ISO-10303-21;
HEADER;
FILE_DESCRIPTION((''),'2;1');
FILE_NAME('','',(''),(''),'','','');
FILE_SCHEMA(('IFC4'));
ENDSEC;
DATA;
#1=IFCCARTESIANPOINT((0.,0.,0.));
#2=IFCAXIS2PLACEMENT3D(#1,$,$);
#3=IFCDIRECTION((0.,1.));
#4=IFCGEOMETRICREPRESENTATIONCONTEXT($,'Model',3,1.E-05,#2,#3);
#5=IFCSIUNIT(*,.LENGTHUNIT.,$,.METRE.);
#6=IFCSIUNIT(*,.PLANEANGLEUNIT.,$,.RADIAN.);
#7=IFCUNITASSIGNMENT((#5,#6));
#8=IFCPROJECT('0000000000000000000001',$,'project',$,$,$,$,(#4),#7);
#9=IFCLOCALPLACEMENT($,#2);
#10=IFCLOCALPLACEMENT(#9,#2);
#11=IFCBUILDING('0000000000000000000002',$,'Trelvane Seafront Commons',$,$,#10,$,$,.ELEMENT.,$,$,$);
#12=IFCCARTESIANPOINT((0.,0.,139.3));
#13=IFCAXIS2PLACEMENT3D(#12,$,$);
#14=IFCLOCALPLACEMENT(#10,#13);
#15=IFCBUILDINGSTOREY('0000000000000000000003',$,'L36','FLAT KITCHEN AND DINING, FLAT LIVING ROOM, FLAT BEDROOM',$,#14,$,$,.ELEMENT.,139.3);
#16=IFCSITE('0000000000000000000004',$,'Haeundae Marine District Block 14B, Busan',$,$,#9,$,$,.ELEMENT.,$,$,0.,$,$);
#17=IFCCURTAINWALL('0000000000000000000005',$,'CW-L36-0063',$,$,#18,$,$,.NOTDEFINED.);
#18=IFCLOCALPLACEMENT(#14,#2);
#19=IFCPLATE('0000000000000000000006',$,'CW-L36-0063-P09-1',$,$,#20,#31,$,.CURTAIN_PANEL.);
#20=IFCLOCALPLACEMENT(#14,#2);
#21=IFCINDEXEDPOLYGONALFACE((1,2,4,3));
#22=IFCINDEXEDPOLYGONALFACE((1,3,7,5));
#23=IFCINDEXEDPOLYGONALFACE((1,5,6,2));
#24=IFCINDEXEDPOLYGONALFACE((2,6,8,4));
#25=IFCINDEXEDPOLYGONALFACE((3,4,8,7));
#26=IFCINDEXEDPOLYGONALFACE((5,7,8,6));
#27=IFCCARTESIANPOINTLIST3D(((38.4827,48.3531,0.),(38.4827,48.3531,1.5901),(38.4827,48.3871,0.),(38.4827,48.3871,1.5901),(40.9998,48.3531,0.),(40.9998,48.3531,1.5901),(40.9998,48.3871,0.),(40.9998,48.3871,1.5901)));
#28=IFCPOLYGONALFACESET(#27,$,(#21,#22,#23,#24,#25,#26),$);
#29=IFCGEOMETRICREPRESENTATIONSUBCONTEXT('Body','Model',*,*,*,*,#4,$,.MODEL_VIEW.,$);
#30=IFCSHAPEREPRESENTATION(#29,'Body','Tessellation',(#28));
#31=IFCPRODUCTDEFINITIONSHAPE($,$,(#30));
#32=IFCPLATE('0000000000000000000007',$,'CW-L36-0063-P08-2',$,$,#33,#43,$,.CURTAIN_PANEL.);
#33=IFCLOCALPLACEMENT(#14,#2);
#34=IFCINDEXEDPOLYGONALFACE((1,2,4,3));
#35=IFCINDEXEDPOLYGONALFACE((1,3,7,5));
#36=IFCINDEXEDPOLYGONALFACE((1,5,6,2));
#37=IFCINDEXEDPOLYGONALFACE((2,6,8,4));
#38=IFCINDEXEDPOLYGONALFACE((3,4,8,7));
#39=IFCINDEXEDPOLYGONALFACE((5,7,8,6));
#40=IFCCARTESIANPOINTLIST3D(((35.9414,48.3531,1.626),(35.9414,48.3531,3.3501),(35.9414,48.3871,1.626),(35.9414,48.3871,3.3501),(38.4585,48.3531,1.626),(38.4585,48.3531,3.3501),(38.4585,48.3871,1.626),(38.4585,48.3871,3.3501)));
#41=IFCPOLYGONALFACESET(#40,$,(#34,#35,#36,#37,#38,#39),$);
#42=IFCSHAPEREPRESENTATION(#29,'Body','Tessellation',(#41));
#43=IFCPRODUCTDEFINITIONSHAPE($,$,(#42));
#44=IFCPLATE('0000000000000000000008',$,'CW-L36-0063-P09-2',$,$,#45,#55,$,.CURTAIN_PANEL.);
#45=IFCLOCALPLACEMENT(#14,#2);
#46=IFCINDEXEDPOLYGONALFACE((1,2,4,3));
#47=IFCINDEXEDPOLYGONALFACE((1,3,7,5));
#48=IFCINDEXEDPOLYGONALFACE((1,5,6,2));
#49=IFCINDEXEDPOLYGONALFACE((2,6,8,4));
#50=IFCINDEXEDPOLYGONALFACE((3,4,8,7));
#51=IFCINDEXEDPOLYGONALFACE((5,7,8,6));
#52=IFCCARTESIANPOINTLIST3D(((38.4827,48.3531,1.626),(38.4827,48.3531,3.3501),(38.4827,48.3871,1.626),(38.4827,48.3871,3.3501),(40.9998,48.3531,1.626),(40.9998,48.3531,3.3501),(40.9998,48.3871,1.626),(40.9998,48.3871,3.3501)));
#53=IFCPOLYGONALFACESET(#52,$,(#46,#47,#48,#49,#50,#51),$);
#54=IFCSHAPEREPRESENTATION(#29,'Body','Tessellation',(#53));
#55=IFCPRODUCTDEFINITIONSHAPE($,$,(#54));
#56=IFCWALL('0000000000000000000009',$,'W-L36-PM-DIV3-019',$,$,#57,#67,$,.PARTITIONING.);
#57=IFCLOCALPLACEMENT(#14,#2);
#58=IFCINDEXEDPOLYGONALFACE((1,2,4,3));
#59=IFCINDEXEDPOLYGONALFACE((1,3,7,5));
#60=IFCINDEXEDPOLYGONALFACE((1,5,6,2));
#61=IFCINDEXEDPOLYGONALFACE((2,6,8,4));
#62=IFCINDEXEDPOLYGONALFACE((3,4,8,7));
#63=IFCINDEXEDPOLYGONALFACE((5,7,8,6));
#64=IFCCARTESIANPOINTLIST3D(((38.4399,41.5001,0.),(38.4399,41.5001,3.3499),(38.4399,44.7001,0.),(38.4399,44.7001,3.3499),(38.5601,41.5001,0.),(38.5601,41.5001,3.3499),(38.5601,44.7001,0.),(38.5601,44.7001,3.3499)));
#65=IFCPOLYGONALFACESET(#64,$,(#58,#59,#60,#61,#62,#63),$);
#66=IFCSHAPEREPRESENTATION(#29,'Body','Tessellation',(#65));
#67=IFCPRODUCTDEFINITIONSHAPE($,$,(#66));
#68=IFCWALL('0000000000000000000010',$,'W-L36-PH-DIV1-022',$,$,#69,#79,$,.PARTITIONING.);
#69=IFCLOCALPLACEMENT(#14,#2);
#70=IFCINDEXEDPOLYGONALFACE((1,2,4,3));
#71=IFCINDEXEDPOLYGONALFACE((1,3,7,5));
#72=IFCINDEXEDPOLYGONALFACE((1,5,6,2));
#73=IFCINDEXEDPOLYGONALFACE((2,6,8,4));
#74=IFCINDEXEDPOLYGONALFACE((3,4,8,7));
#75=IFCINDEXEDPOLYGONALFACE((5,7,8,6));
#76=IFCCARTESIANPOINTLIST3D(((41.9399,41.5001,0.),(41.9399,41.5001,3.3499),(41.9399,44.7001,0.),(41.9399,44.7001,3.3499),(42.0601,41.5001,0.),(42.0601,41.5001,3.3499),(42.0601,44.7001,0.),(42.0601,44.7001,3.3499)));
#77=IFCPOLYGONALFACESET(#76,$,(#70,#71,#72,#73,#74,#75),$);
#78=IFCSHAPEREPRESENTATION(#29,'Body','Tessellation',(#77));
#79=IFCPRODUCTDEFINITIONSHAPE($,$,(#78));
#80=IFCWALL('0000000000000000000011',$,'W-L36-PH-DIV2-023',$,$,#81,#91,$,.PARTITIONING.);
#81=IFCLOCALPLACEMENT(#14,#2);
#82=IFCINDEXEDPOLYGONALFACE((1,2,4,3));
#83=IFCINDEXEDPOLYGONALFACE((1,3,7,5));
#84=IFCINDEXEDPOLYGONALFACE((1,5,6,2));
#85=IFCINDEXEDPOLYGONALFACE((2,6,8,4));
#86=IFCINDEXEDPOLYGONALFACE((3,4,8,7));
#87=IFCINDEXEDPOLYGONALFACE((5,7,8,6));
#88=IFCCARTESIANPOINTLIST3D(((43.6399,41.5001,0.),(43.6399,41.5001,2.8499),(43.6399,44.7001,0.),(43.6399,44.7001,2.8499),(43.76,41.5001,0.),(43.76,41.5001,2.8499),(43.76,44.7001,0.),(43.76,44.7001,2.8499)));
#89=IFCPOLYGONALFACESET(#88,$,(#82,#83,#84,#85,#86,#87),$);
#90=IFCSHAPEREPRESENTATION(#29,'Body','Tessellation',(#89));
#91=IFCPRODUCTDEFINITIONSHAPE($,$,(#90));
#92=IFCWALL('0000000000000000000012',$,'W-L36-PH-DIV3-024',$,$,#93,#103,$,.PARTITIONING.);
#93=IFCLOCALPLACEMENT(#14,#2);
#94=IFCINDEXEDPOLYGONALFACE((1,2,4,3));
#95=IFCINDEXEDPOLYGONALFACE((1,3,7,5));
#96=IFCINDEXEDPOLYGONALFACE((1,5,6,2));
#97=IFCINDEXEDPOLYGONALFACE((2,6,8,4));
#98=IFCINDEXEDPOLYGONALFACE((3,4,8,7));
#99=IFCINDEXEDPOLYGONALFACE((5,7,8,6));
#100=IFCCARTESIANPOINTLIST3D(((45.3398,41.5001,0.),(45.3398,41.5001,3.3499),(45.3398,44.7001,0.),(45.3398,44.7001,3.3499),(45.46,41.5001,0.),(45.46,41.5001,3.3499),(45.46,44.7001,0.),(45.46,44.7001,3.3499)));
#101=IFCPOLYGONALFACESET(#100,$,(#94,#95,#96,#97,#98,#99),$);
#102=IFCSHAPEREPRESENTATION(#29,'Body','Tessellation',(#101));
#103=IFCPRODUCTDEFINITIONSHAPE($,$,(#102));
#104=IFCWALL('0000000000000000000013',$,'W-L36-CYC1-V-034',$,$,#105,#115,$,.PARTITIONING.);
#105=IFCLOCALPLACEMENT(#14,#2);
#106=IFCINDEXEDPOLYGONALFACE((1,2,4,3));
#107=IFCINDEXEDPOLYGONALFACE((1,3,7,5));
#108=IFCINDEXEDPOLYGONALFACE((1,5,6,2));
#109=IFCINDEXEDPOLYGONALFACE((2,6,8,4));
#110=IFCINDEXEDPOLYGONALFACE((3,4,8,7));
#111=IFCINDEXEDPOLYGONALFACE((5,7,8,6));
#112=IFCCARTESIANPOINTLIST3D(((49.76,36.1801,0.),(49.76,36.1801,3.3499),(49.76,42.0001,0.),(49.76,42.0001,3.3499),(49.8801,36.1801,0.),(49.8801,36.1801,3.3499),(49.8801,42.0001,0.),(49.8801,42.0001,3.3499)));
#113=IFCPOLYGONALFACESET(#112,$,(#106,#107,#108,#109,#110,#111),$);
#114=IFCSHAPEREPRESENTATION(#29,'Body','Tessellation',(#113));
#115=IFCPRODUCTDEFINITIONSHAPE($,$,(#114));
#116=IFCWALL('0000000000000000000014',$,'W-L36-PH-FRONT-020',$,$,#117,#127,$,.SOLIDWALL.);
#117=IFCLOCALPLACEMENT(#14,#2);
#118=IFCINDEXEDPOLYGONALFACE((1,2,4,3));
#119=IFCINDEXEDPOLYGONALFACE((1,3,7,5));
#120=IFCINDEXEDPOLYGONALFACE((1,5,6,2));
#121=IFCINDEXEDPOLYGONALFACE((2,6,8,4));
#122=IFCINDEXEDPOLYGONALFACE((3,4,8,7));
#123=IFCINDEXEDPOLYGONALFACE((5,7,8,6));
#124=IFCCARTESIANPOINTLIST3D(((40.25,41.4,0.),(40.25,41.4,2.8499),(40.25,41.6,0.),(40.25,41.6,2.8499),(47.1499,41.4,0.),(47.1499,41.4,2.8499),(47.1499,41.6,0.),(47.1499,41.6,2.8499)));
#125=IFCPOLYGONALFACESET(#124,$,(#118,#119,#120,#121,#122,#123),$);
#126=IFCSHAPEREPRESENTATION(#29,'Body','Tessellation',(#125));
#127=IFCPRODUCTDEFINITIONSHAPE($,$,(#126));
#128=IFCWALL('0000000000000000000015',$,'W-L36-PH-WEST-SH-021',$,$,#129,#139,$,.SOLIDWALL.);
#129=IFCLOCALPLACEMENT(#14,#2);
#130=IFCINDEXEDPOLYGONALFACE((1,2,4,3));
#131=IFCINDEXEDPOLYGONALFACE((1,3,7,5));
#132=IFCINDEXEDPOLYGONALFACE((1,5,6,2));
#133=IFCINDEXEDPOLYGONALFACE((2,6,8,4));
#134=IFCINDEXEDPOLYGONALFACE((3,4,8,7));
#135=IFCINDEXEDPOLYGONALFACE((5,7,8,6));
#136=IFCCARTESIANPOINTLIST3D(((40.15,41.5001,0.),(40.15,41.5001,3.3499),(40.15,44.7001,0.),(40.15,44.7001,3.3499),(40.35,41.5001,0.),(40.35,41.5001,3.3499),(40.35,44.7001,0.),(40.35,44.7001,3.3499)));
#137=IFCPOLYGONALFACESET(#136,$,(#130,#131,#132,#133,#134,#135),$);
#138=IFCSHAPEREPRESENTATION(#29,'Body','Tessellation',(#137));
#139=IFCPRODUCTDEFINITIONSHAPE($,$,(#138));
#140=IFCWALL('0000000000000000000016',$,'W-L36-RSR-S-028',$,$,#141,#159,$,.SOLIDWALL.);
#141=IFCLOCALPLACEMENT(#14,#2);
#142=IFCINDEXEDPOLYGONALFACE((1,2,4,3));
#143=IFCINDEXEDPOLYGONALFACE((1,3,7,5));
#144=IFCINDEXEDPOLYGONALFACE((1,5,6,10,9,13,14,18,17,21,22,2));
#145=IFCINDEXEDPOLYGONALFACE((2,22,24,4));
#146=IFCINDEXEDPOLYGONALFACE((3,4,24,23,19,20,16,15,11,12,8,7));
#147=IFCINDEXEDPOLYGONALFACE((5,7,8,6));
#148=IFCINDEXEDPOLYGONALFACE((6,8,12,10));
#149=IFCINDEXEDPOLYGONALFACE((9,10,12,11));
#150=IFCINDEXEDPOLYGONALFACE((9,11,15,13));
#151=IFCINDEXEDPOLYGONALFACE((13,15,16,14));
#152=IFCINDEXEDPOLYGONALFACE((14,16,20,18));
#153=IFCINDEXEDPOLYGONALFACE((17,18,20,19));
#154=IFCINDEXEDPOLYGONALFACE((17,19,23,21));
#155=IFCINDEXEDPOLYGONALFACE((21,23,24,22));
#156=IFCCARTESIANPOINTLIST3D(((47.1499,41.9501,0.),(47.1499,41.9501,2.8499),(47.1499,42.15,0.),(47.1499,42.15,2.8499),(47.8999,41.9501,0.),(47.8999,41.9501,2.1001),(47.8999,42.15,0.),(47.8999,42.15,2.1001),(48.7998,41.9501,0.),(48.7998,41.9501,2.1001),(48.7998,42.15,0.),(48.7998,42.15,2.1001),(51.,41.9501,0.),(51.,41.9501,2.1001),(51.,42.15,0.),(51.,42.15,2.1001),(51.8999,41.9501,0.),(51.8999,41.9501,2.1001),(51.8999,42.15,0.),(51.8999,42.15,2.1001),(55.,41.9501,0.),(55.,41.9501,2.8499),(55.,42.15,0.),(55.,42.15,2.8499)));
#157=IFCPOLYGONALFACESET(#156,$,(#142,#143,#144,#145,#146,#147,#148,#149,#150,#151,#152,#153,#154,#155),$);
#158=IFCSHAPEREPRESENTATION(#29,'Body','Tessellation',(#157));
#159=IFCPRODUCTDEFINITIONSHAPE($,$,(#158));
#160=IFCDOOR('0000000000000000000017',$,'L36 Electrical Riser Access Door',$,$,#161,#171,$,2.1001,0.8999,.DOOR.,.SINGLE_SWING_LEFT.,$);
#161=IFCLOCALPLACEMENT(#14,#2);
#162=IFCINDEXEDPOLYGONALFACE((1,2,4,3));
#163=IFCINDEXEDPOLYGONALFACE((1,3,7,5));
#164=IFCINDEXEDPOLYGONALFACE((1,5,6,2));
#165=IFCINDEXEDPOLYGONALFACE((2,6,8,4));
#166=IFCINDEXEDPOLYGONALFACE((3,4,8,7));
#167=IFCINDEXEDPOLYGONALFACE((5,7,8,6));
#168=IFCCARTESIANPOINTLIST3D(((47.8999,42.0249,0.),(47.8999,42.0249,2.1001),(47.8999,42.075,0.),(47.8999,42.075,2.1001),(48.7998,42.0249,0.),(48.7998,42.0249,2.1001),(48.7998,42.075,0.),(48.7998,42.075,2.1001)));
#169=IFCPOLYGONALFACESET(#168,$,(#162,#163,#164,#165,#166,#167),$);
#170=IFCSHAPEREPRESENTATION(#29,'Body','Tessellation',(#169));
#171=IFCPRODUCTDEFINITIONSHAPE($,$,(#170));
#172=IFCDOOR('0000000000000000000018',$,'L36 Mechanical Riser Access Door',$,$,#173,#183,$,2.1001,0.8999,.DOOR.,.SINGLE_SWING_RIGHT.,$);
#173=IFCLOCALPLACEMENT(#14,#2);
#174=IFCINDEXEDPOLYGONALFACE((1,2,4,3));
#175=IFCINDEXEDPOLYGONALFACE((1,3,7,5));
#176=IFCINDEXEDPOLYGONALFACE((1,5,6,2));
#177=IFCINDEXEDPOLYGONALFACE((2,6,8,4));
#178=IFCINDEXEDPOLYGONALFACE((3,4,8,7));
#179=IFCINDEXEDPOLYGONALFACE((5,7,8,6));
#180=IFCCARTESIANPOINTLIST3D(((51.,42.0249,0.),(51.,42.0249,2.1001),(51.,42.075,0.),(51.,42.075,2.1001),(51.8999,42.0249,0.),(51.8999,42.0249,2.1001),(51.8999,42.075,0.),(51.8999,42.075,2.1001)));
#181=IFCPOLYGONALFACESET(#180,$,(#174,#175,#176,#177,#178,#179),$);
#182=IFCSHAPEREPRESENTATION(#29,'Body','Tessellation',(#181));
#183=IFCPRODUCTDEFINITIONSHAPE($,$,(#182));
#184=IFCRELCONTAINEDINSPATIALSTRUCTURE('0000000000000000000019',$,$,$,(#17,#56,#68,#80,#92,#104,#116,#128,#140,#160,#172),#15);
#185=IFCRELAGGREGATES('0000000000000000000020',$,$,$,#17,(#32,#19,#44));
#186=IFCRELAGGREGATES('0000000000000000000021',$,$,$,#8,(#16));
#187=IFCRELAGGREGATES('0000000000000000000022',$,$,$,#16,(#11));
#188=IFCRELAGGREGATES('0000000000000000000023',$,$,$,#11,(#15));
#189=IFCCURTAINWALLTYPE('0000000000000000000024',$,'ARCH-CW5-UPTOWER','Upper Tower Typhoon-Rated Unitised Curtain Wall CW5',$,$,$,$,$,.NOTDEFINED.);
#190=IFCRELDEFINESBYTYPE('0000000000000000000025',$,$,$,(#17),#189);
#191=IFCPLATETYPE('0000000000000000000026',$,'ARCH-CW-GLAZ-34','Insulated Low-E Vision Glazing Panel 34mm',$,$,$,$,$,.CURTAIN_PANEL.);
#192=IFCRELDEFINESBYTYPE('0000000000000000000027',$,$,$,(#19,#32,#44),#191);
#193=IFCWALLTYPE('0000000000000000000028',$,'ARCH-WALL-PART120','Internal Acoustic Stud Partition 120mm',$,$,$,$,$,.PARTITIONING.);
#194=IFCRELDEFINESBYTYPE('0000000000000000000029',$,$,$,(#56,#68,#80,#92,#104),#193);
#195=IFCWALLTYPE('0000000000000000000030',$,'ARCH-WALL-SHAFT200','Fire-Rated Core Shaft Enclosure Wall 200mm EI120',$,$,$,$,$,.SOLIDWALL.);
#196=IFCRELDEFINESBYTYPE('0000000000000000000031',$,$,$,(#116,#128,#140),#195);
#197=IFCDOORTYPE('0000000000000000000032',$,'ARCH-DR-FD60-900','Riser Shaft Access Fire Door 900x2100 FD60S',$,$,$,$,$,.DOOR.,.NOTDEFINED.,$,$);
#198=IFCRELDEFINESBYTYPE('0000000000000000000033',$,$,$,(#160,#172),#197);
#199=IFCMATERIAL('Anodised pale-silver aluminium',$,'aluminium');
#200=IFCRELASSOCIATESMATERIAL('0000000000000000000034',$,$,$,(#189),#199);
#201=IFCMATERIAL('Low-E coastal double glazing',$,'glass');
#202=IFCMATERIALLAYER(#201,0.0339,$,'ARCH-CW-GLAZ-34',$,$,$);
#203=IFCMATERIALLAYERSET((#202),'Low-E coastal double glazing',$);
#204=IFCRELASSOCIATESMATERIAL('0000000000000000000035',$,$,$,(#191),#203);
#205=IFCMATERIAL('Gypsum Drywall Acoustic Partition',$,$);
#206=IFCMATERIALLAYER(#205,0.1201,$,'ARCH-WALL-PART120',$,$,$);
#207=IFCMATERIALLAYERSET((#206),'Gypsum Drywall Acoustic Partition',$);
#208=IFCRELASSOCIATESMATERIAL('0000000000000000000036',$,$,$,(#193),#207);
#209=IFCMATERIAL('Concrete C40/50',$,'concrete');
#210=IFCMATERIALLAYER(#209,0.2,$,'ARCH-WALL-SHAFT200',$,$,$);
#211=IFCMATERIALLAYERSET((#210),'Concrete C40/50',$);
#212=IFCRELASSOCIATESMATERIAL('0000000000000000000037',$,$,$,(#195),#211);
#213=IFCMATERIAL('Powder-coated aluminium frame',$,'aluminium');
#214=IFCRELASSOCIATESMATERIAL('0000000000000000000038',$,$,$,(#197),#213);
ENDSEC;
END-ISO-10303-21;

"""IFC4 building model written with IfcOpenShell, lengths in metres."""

from ifc_helpers import new_model, si_unit, direction, frame, frame_2d, origin, origin_2d, place, context, subcontext, project, spatial, rectangle, extrude, source, transform, mapped, material, layer, layer_set, type_object, element, fill, aggregate, save


model = new_model("IFC4")

# Units and contexts
model_context = context("Model", 3, precision=1e-05, world=origin(), true_north=direction((0.0, 1.0)))
body_context = subcontext(model_context, "Body", "Model", "MODEL_VIEW")
ifc_project = project(units=[si_unit("LENGTHUNIT", "METRE"), si_unit("PLANEANGLEUNIT", "RADIAN")], contexts=[model_context])

# Site, building, storey
site_placement = place(None, origin())
site = spatial("IfcSite", under=ifc_project, at=site_placement, Name="Haeundae Marine District Block 14B, Busan", CompositionType="ELEMENT", RefElevation=0.0)
building_placement = place(site_placement, origin())
building = spatial("IfcBuilding", under=site, at=building_placement, Name="Trelvane Seafront Commons", CompositionType="ELEMENT")
storey_placement = place(building_placement, frame((0.0, 0.0, 139.3)))
storey = spatial("IfcBuildingStorey", under=building, at=storey_placement, Name="L36", Description="FLAT KITCHEN AND DINING, FLAT LIVING ROOM, FLAT BEDROOM", CompositionType="ELEMENT", Elevation=139.3)

# Curtain wall, plates
ifc_material_1 = material(Name="Anodised pale-silver aluminium", Category="aluminium")
curtain_wall_type = type_object("IfcCurtainWallType", Name="ARCH-CW5-UPTOWER", Description="Upper Tower Typhoon-Rated Unitised Curtain Wall CW5", PredefinedType="NOTDEFINED", material=ifc_material_1)
curtain_wall_placement = place(storey_placement, origin())
curtain_wall = element("IfcCurtainWall", 1, at=curtain_wall_placement, inside=storey, type_object=curtain_wall_type, Name="CW-L36-0063", PredefinedType="NOTDEFINED")
ifc_material_2 = material(Name="Low-E coastal double glazing", Category="glass")
ifc_layer_1 = layer(ifc_material_2, 0.0339, Name="ARCH-CW-GLAZ-34")
ifc_layer_set_1 = layer_set([ifc_layer_1], Name="Low-E coastal double glazing")
plate_type = type_object("IfcPlateType", Name="ARCH-CW-GLAZ-34", Description="Insulated Low-E Vision Glazing Panel 34mm", PredefinedType="CURTAIN_PANEL", material=ifc_layer_set_1)
shared_shape_1 = source(origin(), body_context, "Body", "SweptSolid", [
    extrude(rectangle(XDim=2.5171, YDim=0.0339, at=origin_2d()), origin(), (0.0, 0.0, 1.0), 1.5901),
])
plate_1_placement = place(storey_placement, frame((39.7412, 48.3701, 0.0), z_axis=(0.0, 0.0, 1.0), x_axis=(1.0, 0.0, 0.0)))
plate_1 = element("IfcPlate", 2, at=plate_1_placement, type_object=plate_type, Name="CW-L36-0063-P09-1", PredefinedType="CURTAIN_PANEL", context=body_context, shape_type="MappedRepresentation", body=[
    mapped(shared_shape_1, transform((0.0, 0.0, 0.0), x_axis=(1.0, 0.0, 0.0), y_axis=(0.0, 1.0, 0.0), z_axis=(0.0, 0.0, 1.0), scale=1.0)),
])
shared_shape_2 = source(origin(), body_context, "Body", "SweptSolid", [
    extrude(rectangle(XDim=2.5171, YDim=0.0339, at=origin_2d()), origin(), (0.0, 0.0, 1.0), 1.7241),
])
plate_2_placement = place(storey_placement, frame((37.2, 48.3701, 1.626), z_axis=(0.0, 0.0, 1.0), x_axis=(1.0, 0.0, 0.0)))
plate_2 = element("IfcPlate", 3, at=plate_2_placement, type_object=plate_type, Name="CW-L36-0063-P08-2", PredefinedType="CURTAIN_PANEL", context=body_context, shape_type="MappedRepresentation", body=[
    mapped(shared_shape_2, transform((0.0, 0.0, 0.0), x_axis=(1.0, 0.0, 0.0), y_axis=(0.0, 1.0, 0.0), z_axis=(0.0, 0.0, 1.0), scale=1.0)),
])
plate_3_placement = place(storey_placement, frame((39.7412, 48.3701, 1.626), z_axis=(0.0, 0.0, 1.0), x_axis=(1.0, 0.0, 0.0)))
plate_3 = element("IfcPlate", 4, at=plate_3_placement, type_object=plate_type, Name="CW-L36-0063-P09-2", PredefinedType="CURTAIN_PANEL", context=body_context, shape_type="MappedRepresentation", body=[
    mapped(shared_shape_2, transform((0.0, 0.0, 0.0), x_axis=(1.0, 0.0, 0.0), y_axis=(0.0, 1.0, 0.0), z_axis=(0.0, 0.0, 1.0), scale=1.0)),
])
aggregate(curtain_wall, [plate_2, plate_1, plate_3])

# Walls
ifc_material_3 = material(Name="Gypsum Drywall Acoustic Partition")
ifc_layer_2 = layer(ifc_material_3, 0.1201, Name="ARCH-WALL-PART120")
ifc_layer_set_2 = layer_set([ifc_layer_2], Name="Gypsum Drywall Acoustic Partition")
wall_type_1 = type_object("IfcWallType", Name="ARCH-WALL-PART120", Description="Internal Acoustic Stud Partition 120mm", PredefinedType="PARTITIONING", material=ifc_layer_set_2)
for number, where, z_axis, x_axis, name in (
    (5, (38.5, 41.5, 0.0), (0.0, 0.0, 1.0), (0.0, 1.0, 0.0), "W-L36-PM-DIV3-019"),
    (6, (42.0, 41.5, 0.0), (0.0, 0.0, 1.0), (0.0, 1.0, 0.0), "W-L36-PH-DIV1-022"),
):
    element("IfcWall", number, at=place(storey_placement, frame(where, z_axis=z_axis, x_axis=x_axis)), inside=storey, type_object=wall_type_1, Name=name, PredefinedType="PARTITIONING", context=body_context, shape_type="SweptSolid", body=[
        extrude(rectangle(XDim=3.2, YDim=0.1201, at=frame_2d((1.6001, 0.0))), origin(), (0.0, 0.0, 1.0), 3.3499),
    ])
wall_1_placement = place(storey_placement, frame((43.7, 41.5, 0.0), z_axis=(0.0, 0.0, 1.0), x_axis=(0.0, 1.0, 0.0)))
element("IfcWall", 7, at=wall_1_placement, inside=storey, type_object=wall_type_1, Name="W-L36-PH-DIV2-023", PredefinedType="PARTITIONING", context=body_context, shape_type="SweptSolid", body=[
    extrude(rectangle(XDim=3.2, YDim=0.1201, at=frame_2d((1.6001, 0.0))), origin(), (0.0, 0.0, 1.0), 2.8499),
])
wall_2_placement = place(storey_placement, frame((45.3999, 41.5, 0.0), z_axis=(0.0, 0.0, 1.0), x_axis=(0.0, 1.0, 0.0)))
element("IfcWall", 8, at=wall_2_placement, inside=storey, type_object=wall_type_1, Name="W-L36-PH-DIV3-024", PredefinedType="PARTITIONING", context=body_context, shape_type="SweptSolid", body=[
    extrude(rectangle(XDim=3.2, YDim=0.1201, at=frame_2d((1.6001, 0.0))), origin(), (0.0, 0.0, 1.0), 3.3499),
])

# Wall
wall_3_placement = place(storey_placement, frame((49.8201, 36.1799, 0.0), z_axis=(0.0, 0.0, 1.0), x_axis=(0.0, 1.0, 0.0)))
element("IfcWall", 9, at=wall_3_placement, inside=storey, type_object=wall_type_1, Name="W-L36-CYC1-V-034", PredefinedType="PARTITIONING", context=body_context, shape_type="SweptSolid", body=[
    extrude(rectangle(XDim=5.8201, YDim=0.1201, at=frame_2d((2.9102, 0.0))), origin(), (0.0, 0.0, 1.0), 3.3499),
])

# Walls
ifc_material_4 = material(Name="Concrete C40/50", Category="concrete")
ifc_layer_3 = layer(ifc_material_4, 0.2, Name="ARCH-WALL-SHAFT200")
ifc_layer_set_3 = layer_set([ifc_layer_3], Name="Concrete C40/50")
wall_type_2 = type_object("IfcWallType", Name="ARCH-WALL-SHAFT200", Description="Fire-Rated Core Shaft Enclosure Wall 200mm EI120", PredefinedType="SOLIDWALL", material=ifc_layer_set_3)
wall_4_placement = place(storey_placement, frame((40.25, 41.5, 0.0), z_axis=(0.0, 0.0, 1.0), x_axis=(1.0, 0.0, 0.0)))
element("IfcWall", 10, at=wall_4_placement, inside=storey, type_object=wall_type_2, Name="W-L36-PH-FRONT-020", PredefinedType="SOLIDWALL", context=body_context, shape_type="SweptSolid", body=[
    extrude(rectangle(XDim=6.8999, YDim=0.2, at=frame_2d((3.45, 0.0))), origin(), (0.0, 0.0, 1.0), 2.8499),
])
wall_5_placement = place(storey_placement, frame((40.25, 41.5, 0.0), z_axis=(0.0, 0.0, 1.0), x_axis=(0.0, 1.0, 0.0)))
element("IfcWall", 11, at=wall_5_placement, inside=storey, type_object=wall_type_2, Name="W-L36-PH-WEST-SH-021", PredefinedType="SOLIDWALL", context=body_context, shape_type="SweptSolid", body=[
    extrude(rectangle(XDim=3.2, YDim=0.2, at=frame_2d((1.6001, 0.0))), origin(), (0.0, 0.0, 1.0), 3.3499),
])

# Wall, openings, doors
wall_6_placement = place(storey_placement, frame((47.1499, 42.05, 0.0), z_axis=(0.0, 0.0, 1.0), x_axis=(1.0, 0.0, 0.0)))
wall_6 = element("IfcWall", 12, at=wall_6_placement, inside=storey, type_object=wall_type_2, Name="W-L36-RSR-S-028", PredefinedType="SOLIDWALL", context=body_context, shape_type="SweptSolid", body=[
    extrude(rectangle(XDim=7.8501, YDim=0.2, at=frame_2d((3.925, 0.0))), origin(), (0.0, 0.0, 1.0), 2.8499),
])
opening_1_placement = place(wall_6_placement, frame((0.75, 0.0, 0.0)))
opening_1 = element("IfcOpeningElement", 13, at=opening_1_placement, cuts=wall_6, PredefinedType="OPENING", context=body_context, shape_type="SweptSolid", body=[
    extrude(rectangle(XDim=0.8999, YDim=2.1001, at=frame_2d((0.45, 1.05))), frame((0.0, 0.1099, 0.0), z_axis=(0.0, -1.0, 0.0), x_axis=(1.0, 0.0, 0.0)), (0.0, 0.0, 1.0), 0.22),
])
opening_2_placement = place(wall_6_placement, frame((3.8501, 0.0, 0.0)))
opening_2 = element("IfcOpeningElement", 14, at=opening_2_placement, cuts=wall_6, PredefinedType="OPENING", context=body_context, shape_type="SweptSolid", body=[
    extrude(rectangle(XDim=0.8999, YDim=2.1001, at=frame_2d((0.45, 1.05))), frame((0.0, 0.1099, 0.0), z_axis=(0.0, -1.0, 0.0), x_axis=(1.0, 0.0, 0.0)), (0.0, 0.0, 1.0), 0.22),
])
ifc_material_5 = material(Name="Powder-coated aluminium frame", Category="aluminium")
door_type_1 = type_object("IfcDoorType", Name="ARCH-DR-FD60-900", Description="Riser Shaft Access Fire Door 900x2100 FD60S", OperationType="NOTDEFINED", PredefinedType="DOOR", material=ifc_material_5)
shared_shape_3 = source(origin(), body_context, "Body", "SweptSolid", [
    extrude(rectangle(XDim=0.8999, YDim=2.1001, at=frame_2d((0.45, 1.05))), frame((0.0, 0.0249, 0.0), z_axis=(0.0, -1.0, 0.0), x_axis=(1.0, 0.0, 0.0)), (0.0, 0.0, 1.0), 0.05),
])
door_1_placement = place(opening_1_placement, origin())
door_1 = element("IfcDoor", 15, at=door_1_placement, inside=storey, type_object=door_type_1, Name="L36 Electrical Riser Access Door", OperationType="SINGLE_SWING_LEFT", OverallHeight=2.1001, OverallWidth=0.8999, PredefinedType="DOOR", context=body_context, shape_type="MappedRepresentation", body=[
    mapped(shared_shape_3, transform((0.0, 0.0, 0.0), x_axis=(1.0, 0.0, 0.0), y_axis=(0.0, 1.0, 0.0), z_axis=(0.0, 0.0, 1.0), scale=1.0)),
])
fill(opening_1, door_1)
door_2_placement = place(opening_2_placement, origin())
door_2 = element("IfcDoor", 16, at=door_2_placement, inside=storey, type_object=door_type_1, Name="L36 Mechanical Riser Access Door", OperationType="SINGLE_SWING_RIGHT", OverallHeight=2.1001, OverallWidth=0.8999, PredefinedType="DOOR", context=body_context, shape_type="MappedRepresentation", body=[
    mapped(shared_shape_3, transform((0.0, 0.0, 0.0), x_axis=(1.0, 0.0, 0.0), y_axis=(0.0, 1.0, 0.0), z_axis=(0.0, 0.0, 1.0), scale=1.0)),
])
fill(opening_2, door_2)

save(model, "model.ifc")
